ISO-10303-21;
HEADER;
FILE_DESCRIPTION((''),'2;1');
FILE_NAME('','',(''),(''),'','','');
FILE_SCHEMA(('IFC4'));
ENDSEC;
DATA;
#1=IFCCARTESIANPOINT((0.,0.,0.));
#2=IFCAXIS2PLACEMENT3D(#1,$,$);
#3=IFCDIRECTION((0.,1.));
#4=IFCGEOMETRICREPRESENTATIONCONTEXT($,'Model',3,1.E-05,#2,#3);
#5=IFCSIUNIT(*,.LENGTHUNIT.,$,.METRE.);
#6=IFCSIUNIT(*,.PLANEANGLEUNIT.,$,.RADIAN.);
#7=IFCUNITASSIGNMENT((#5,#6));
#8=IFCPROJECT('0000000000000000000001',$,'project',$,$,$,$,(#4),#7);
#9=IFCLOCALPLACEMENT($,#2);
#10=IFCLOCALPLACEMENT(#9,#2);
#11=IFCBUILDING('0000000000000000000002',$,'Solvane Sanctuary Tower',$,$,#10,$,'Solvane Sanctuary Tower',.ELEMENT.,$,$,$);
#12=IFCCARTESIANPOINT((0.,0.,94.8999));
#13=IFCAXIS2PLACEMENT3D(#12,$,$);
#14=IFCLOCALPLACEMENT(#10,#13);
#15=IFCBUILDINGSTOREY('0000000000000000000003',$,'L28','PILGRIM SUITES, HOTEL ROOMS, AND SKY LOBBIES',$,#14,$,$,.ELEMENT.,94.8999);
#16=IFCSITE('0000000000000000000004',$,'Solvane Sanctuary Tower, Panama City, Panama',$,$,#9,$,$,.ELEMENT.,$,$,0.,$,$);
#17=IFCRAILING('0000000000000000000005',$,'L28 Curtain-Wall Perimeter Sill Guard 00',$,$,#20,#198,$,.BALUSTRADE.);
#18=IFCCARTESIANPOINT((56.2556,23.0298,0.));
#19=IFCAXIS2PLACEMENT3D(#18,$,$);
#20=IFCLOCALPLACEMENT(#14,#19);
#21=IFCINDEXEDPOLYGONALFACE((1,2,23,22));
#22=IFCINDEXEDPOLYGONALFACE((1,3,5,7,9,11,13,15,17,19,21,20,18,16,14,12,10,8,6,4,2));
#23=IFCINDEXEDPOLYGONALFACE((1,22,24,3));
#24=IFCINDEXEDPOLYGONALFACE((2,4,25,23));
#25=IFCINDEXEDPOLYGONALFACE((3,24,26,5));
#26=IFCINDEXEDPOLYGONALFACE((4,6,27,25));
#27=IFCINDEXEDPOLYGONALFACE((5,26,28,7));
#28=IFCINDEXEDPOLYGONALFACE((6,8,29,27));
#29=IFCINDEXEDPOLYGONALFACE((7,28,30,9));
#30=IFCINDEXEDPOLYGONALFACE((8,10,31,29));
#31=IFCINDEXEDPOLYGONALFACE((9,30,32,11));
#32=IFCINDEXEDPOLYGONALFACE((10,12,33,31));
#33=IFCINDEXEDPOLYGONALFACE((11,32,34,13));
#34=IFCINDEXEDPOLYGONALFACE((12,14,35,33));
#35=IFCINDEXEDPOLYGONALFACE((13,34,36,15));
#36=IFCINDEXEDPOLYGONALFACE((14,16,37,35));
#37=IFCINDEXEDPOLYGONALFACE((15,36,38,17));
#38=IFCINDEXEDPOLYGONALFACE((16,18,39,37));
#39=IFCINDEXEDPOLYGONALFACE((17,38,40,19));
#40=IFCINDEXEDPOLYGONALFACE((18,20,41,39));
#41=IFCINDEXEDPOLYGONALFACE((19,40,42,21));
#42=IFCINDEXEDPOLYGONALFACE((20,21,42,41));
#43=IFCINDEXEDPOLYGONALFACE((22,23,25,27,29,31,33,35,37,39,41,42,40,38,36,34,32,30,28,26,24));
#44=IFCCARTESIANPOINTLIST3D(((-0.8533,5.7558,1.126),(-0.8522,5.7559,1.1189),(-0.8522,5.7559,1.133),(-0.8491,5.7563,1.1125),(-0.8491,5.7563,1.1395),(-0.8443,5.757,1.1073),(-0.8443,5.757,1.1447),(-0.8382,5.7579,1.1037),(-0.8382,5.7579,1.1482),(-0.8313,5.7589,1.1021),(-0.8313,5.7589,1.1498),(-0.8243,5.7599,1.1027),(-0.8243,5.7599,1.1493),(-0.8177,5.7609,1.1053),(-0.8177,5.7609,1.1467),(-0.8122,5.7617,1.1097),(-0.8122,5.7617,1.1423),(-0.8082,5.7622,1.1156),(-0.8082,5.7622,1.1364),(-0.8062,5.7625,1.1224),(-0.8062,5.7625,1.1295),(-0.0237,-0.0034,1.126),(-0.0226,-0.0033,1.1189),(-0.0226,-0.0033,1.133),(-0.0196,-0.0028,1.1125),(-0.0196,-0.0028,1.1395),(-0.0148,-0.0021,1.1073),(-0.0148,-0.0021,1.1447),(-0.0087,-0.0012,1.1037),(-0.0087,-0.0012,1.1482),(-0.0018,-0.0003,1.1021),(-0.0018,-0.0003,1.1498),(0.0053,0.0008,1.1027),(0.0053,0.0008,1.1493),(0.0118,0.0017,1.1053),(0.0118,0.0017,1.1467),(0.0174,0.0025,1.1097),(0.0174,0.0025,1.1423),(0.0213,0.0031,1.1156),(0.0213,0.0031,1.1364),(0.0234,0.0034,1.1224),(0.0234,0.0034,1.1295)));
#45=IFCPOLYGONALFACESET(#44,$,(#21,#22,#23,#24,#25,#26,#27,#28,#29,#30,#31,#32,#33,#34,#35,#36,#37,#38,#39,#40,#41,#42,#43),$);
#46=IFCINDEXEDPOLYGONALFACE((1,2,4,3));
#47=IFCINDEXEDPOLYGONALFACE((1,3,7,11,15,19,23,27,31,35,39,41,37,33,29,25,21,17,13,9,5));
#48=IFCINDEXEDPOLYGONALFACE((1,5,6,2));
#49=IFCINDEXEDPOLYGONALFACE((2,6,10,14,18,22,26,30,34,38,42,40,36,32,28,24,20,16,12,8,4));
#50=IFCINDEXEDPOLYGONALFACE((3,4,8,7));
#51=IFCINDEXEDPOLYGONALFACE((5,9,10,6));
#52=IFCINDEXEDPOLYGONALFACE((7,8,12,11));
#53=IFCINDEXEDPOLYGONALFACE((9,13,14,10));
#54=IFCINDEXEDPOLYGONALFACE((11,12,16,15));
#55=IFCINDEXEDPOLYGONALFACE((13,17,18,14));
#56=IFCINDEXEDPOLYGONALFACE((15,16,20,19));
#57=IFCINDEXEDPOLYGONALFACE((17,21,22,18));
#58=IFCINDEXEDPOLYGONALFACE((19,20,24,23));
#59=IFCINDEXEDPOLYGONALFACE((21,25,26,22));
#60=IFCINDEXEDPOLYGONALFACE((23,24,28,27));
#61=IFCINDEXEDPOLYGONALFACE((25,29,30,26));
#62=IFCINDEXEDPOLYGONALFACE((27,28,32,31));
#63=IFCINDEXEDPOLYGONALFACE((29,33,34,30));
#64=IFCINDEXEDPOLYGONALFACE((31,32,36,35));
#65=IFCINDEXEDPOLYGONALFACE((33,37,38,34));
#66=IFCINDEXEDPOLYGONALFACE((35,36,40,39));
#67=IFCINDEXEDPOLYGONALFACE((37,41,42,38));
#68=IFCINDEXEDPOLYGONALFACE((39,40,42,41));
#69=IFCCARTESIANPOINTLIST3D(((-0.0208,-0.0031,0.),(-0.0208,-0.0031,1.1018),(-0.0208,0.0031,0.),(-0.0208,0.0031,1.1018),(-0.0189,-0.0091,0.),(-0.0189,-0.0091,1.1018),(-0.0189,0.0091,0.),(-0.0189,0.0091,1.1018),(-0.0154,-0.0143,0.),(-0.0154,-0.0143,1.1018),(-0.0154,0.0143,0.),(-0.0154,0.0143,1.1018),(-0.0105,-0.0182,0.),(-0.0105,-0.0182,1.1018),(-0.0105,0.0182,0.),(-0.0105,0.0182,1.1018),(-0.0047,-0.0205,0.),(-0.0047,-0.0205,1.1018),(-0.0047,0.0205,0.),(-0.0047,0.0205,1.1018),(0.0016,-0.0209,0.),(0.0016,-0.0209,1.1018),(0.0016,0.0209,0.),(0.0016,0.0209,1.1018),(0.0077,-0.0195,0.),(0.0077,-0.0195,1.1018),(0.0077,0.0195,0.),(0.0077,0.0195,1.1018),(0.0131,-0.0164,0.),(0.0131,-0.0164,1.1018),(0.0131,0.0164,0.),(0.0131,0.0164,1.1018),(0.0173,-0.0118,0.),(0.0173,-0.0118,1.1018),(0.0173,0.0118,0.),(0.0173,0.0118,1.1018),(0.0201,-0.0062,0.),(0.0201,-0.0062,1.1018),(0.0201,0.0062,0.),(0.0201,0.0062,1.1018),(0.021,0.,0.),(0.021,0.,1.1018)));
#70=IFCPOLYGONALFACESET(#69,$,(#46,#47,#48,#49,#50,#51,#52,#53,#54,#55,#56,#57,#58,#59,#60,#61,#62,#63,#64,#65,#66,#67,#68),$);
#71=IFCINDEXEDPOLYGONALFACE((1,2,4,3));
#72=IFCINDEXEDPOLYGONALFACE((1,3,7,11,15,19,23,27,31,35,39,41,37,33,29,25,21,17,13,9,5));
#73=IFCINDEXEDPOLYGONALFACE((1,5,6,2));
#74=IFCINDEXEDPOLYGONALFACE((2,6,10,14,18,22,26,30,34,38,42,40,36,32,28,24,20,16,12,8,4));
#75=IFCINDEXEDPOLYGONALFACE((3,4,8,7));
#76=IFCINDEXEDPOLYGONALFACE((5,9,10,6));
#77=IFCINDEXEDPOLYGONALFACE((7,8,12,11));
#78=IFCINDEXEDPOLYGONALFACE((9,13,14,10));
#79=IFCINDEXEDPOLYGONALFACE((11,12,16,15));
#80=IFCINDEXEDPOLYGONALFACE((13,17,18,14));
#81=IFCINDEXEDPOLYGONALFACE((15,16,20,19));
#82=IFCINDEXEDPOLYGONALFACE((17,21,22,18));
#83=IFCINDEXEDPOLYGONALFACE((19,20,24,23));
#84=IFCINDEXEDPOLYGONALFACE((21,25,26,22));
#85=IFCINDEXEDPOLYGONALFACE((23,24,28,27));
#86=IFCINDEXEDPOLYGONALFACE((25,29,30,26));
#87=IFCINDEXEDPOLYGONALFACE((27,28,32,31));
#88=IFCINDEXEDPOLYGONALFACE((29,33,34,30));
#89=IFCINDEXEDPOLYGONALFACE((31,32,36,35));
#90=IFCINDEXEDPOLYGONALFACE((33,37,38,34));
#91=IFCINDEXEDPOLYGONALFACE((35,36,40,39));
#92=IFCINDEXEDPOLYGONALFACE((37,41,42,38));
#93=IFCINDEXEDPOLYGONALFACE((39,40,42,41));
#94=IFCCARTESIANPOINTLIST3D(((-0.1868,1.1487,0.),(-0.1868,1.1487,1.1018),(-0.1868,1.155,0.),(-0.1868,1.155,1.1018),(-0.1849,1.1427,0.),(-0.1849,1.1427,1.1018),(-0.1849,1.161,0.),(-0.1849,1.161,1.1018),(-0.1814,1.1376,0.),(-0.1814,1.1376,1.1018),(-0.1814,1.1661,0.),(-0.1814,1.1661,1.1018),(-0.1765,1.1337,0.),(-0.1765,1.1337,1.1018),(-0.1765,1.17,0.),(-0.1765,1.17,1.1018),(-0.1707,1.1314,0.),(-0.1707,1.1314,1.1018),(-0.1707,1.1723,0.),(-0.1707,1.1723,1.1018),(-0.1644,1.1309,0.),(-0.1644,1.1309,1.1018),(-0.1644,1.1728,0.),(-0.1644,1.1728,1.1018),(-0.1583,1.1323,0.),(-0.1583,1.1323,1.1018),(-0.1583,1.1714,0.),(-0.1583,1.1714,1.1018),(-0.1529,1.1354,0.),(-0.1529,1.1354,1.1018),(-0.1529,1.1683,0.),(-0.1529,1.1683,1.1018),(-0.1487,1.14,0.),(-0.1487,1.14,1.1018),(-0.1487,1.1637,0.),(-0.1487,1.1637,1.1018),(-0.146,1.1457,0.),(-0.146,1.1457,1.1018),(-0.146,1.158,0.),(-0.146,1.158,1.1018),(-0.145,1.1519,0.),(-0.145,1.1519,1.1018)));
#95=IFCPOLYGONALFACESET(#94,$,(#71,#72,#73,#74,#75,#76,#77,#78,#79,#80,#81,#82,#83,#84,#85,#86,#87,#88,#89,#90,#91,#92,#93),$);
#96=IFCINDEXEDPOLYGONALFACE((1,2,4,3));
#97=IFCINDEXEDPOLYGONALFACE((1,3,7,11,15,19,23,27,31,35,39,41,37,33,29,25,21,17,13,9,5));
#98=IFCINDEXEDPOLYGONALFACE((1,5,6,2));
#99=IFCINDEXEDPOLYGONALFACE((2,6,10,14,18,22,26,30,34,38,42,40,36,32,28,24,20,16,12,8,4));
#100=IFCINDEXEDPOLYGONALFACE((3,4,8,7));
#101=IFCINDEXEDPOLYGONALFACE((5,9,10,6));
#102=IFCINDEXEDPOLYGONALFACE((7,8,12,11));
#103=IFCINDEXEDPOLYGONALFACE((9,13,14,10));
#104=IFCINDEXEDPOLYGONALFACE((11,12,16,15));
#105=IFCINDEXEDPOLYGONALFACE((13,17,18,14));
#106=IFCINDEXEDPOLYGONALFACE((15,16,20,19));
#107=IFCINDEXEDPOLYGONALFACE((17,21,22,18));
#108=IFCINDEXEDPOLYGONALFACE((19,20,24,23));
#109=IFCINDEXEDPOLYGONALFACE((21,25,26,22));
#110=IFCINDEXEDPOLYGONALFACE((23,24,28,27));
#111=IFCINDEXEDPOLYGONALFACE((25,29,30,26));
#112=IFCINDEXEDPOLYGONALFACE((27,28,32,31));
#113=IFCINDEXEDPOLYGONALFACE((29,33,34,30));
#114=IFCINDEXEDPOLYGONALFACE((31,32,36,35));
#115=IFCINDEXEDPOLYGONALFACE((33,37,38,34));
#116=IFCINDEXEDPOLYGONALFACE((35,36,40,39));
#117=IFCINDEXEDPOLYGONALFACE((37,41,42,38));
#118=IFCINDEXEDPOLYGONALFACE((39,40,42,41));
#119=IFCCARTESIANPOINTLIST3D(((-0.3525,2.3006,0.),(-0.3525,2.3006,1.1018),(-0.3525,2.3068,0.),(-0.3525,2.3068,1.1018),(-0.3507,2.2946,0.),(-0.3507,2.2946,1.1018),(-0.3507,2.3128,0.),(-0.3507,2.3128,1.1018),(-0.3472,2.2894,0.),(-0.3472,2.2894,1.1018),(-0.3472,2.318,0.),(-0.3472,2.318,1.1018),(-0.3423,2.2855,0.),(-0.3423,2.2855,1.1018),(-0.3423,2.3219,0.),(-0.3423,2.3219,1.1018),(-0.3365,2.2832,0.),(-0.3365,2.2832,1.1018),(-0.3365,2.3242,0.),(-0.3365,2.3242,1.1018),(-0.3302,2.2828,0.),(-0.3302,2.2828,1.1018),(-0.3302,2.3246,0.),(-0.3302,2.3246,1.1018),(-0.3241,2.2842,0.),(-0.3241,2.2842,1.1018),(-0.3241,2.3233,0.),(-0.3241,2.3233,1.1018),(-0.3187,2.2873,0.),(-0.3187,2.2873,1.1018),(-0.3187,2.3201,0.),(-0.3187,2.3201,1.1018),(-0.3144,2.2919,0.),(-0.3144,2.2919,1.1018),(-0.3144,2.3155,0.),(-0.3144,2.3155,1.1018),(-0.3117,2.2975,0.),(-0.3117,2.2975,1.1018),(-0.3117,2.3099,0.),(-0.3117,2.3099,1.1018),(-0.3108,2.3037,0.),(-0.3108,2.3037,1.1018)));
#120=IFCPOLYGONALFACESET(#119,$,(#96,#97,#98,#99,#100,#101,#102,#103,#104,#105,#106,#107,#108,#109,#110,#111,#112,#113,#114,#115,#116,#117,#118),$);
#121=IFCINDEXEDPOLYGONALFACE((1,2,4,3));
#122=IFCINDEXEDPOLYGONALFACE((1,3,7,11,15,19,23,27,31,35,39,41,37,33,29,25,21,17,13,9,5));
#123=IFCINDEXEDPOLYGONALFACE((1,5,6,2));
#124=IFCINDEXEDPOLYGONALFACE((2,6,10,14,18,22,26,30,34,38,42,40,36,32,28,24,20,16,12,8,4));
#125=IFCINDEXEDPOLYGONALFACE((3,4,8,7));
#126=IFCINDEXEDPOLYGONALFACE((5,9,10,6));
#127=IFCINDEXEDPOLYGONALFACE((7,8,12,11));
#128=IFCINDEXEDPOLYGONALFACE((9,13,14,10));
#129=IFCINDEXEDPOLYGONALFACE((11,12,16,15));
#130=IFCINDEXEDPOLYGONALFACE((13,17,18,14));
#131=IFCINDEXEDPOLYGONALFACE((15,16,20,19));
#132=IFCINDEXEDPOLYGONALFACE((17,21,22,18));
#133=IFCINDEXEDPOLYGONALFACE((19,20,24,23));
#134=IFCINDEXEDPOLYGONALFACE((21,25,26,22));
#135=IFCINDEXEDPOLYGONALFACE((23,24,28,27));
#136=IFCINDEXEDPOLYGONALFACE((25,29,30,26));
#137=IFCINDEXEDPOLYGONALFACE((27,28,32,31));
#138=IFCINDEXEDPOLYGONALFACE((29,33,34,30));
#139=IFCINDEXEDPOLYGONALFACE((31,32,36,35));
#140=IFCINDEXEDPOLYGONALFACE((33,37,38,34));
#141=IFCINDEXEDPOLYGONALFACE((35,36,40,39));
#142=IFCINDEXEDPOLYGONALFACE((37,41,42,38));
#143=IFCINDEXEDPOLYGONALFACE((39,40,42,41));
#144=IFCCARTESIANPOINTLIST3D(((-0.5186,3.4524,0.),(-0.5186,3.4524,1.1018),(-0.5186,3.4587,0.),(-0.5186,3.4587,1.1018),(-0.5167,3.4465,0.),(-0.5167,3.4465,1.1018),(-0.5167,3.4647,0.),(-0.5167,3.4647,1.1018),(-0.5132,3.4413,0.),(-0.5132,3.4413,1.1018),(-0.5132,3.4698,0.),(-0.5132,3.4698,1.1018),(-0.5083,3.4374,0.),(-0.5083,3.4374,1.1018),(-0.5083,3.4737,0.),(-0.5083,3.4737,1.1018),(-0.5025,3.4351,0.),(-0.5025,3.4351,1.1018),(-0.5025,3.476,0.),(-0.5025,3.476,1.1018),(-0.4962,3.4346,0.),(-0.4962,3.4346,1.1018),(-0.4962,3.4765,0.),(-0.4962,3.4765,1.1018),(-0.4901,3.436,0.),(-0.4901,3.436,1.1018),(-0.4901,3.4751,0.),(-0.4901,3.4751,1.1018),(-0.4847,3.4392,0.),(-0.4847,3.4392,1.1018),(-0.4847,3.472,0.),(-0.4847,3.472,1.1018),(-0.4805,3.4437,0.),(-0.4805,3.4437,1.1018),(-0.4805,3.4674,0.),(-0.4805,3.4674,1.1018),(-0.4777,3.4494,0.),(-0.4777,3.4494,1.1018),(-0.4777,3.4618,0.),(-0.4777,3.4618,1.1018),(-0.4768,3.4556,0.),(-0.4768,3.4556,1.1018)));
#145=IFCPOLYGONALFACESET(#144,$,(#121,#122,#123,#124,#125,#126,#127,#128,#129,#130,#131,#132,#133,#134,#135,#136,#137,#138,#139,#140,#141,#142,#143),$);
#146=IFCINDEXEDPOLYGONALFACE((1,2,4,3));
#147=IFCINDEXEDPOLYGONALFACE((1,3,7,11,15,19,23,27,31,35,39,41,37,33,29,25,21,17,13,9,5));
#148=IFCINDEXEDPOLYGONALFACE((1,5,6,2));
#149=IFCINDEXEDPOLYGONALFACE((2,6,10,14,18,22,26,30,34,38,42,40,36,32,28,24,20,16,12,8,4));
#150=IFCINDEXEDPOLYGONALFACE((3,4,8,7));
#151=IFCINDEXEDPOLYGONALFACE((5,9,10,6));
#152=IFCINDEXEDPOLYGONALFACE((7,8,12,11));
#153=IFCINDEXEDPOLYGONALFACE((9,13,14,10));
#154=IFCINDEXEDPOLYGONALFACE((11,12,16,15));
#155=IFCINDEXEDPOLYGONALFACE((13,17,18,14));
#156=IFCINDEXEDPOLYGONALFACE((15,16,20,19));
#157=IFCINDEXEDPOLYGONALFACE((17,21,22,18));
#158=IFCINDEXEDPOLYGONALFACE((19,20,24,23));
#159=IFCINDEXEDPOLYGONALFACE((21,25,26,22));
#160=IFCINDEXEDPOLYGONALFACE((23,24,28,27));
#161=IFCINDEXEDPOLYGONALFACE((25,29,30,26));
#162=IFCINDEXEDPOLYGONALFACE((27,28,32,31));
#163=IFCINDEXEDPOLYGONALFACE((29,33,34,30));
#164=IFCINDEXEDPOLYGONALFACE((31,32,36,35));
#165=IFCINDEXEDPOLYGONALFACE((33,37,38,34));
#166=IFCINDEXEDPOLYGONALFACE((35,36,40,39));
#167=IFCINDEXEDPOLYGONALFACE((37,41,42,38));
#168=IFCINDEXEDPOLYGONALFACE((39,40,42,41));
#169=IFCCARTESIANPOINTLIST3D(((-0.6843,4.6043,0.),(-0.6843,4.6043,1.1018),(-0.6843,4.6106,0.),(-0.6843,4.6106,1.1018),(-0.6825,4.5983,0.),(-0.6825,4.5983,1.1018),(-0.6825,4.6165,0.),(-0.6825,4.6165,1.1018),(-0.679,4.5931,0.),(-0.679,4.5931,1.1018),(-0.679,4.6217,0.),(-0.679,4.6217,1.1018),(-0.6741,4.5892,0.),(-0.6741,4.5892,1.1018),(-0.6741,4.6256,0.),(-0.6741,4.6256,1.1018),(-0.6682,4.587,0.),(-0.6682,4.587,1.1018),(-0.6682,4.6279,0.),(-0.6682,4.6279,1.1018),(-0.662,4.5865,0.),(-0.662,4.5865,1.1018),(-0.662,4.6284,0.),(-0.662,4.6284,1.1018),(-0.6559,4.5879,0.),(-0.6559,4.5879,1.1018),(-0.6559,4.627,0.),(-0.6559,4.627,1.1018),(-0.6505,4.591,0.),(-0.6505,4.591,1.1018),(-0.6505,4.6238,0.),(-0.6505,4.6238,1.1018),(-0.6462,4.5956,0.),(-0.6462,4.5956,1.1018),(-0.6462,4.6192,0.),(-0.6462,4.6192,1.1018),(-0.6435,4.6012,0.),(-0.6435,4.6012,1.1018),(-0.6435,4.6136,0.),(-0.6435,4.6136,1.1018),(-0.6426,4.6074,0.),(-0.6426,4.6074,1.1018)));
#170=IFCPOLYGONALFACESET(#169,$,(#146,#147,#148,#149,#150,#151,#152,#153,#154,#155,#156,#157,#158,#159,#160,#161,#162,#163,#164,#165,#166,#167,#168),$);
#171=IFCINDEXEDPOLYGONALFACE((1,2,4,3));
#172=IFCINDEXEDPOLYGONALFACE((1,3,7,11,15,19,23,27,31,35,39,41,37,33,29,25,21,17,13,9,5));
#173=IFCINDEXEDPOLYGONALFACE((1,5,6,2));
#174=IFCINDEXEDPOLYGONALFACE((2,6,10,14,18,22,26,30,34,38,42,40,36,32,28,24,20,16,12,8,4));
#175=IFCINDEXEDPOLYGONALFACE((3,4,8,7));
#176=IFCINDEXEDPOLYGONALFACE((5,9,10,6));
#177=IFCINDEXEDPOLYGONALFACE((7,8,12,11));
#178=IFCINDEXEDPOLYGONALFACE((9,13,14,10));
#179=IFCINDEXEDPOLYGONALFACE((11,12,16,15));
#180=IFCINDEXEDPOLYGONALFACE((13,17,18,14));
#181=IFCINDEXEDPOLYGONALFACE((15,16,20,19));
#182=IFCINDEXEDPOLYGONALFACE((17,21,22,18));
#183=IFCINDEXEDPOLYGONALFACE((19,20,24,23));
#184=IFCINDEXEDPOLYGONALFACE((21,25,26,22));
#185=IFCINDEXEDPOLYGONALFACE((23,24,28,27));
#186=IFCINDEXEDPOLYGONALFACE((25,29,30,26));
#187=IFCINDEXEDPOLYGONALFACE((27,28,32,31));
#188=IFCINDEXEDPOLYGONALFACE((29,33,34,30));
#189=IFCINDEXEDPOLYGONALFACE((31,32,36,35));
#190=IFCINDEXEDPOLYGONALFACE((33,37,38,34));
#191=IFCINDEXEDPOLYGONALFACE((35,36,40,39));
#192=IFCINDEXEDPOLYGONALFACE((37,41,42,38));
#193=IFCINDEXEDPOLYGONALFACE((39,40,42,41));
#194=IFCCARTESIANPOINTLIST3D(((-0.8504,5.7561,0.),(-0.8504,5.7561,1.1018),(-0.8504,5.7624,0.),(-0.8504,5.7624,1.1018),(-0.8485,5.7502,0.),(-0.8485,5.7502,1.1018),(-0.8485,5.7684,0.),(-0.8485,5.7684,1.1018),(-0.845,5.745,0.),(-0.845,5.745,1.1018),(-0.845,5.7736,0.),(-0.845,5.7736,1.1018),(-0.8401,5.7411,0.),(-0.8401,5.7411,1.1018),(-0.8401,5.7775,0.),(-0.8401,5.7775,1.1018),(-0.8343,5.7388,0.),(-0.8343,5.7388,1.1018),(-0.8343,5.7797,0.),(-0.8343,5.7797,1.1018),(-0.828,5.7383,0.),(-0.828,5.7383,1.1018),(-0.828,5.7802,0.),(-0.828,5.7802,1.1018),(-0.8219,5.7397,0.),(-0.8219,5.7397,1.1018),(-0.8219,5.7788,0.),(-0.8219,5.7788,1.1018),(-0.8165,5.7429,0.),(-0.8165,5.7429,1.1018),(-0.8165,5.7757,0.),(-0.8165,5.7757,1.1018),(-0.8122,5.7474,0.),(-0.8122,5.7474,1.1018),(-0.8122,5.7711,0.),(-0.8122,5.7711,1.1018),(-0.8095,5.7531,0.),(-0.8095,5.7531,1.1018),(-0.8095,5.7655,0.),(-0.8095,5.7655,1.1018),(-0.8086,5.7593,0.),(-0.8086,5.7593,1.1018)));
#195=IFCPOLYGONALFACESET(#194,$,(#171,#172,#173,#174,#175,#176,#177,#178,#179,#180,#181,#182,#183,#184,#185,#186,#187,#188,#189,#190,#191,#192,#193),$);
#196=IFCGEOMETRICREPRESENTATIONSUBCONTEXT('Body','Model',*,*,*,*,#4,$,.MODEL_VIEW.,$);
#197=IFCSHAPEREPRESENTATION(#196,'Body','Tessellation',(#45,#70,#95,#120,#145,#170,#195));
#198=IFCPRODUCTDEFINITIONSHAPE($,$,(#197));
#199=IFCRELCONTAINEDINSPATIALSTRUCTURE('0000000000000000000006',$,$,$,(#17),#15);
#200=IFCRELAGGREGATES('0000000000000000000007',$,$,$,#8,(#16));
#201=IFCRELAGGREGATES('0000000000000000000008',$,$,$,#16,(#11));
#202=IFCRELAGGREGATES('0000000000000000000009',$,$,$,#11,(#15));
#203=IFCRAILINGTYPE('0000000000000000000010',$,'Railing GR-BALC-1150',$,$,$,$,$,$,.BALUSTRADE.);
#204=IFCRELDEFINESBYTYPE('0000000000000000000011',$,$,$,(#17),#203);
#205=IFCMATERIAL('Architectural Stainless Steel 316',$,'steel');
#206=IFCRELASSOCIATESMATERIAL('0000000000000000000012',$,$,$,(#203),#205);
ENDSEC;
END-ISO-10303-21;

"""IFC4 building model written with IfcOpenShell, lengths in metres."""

from ifc_helpers import new_model, si_unit, direction, frame, origin, origin_2d, place, context, subcontext, project, spatial, circle, extrude, material, type_object, element, save


model = new_model("IFC4")

# Units and contexts
model_context = context("Model", 3, precision=1e-05, world=origin(), true_north=direction((0.0, 1.0)))
body_context = subcontext(model_context, "Body", "Model", "MODEL_VIEW")
ifc_project = project(units=[si_unit("LENGTHUNIT", "METRE"), si_unit("PLANEANGLEUNIT", "RADIAN")], contexts=[model_context])

# Site, building, storey
site_placement = place(None, origin())
site = spatial("IfcSite", under=ifc_project, at=site_placement, Name="Solvane Sanctuary Tower, Panama City, Panama", CompositionType="ELEMENT", RefElevation=0.0)
building_placement = place(site_placement, origin())
building = spatial("IfcBuilding", under=site, at=building_placement, Name="Solvane Sanctuary Tower", LongName="Solvane Sanctuary Tower", CompositionType="ELEMENT")
storey_placement = place(building_placement, frame((0.0, 0.0, 94.8999)))
storey = spatial("IfcBuildingStorey", under=building, at=storey_placement, Name="L28", Description="PILGRIM SUITES, HOTEL ROOMS, AND SKY LOBBIES", CompositionType="ELEMENT", Elevation=94.8999)

# Shared definitions
ifc_material_1 = material(Name="Architectural Stainless Steel 316", Category="steel")

# Railing
railing_type_1 = type_object("IfcRailingType", Name="Railing GR-BALC-1150", PredefinedType="BALUSTRADE", material=ifc_material_1)
railing_1_placement = place(storey_placement, frame((56.2556, 23.0298, 0.0)))
element("IfcRailing", 1, at=railing_1_placement, inside=storey, type_object=railing_type_1, Name="L28 Curtain-Wall Perimeter Sill Guard 00", PredefinedType="BALUSTRADE", context=body_context, shape_type="SweptSolid", body=[
    extrude(circle(Radius=0.0239, at=origin_2d()), frame((0.0, 0.0, 1.126), z_axis=(-0.142573, 0.989784, 0.0), x_axis=(-0.989784, -0.142573, 0.0)), (0.0, 0.0, 1.0), 5.8186),
    extrude(circle(Radius=0.021, at=origin_2d()), origin(), (0.0, 0.0, 1.0), 1.1018),
    extrude(circle(Radius=0.021, at=origin_2d()), frame((-0.166, 1.1519, 0.0)), (0.0, 0.0, 1.0), 1.1018),
    extrude(circle(Radius=0.021, at=origin_2d()), frame((-0.3318, 2.3037, 0.0)), (0.0, 0.0, 1.0), 1.1018),
    extrude(circle(Radius=0.021, at=origin_2d()), frame((-0.4978, 3.4556, 0.0)), (0.0, 0.0, 1.0), 1.1018),
    extrude(circle(Radius=0.021, at=origin_2d()), frame((-0.6636, 4.6074, 0.0)), (0.0, 0.0, 1.0), 1.1018),
    extrude(circle(Radius=0.021, at=origin_2d()), frame((-0.8296, 5.7593, 0.0)), (0.0, 0.0, 1.0), 1.1018),
])

save(model, "model.ifc")
